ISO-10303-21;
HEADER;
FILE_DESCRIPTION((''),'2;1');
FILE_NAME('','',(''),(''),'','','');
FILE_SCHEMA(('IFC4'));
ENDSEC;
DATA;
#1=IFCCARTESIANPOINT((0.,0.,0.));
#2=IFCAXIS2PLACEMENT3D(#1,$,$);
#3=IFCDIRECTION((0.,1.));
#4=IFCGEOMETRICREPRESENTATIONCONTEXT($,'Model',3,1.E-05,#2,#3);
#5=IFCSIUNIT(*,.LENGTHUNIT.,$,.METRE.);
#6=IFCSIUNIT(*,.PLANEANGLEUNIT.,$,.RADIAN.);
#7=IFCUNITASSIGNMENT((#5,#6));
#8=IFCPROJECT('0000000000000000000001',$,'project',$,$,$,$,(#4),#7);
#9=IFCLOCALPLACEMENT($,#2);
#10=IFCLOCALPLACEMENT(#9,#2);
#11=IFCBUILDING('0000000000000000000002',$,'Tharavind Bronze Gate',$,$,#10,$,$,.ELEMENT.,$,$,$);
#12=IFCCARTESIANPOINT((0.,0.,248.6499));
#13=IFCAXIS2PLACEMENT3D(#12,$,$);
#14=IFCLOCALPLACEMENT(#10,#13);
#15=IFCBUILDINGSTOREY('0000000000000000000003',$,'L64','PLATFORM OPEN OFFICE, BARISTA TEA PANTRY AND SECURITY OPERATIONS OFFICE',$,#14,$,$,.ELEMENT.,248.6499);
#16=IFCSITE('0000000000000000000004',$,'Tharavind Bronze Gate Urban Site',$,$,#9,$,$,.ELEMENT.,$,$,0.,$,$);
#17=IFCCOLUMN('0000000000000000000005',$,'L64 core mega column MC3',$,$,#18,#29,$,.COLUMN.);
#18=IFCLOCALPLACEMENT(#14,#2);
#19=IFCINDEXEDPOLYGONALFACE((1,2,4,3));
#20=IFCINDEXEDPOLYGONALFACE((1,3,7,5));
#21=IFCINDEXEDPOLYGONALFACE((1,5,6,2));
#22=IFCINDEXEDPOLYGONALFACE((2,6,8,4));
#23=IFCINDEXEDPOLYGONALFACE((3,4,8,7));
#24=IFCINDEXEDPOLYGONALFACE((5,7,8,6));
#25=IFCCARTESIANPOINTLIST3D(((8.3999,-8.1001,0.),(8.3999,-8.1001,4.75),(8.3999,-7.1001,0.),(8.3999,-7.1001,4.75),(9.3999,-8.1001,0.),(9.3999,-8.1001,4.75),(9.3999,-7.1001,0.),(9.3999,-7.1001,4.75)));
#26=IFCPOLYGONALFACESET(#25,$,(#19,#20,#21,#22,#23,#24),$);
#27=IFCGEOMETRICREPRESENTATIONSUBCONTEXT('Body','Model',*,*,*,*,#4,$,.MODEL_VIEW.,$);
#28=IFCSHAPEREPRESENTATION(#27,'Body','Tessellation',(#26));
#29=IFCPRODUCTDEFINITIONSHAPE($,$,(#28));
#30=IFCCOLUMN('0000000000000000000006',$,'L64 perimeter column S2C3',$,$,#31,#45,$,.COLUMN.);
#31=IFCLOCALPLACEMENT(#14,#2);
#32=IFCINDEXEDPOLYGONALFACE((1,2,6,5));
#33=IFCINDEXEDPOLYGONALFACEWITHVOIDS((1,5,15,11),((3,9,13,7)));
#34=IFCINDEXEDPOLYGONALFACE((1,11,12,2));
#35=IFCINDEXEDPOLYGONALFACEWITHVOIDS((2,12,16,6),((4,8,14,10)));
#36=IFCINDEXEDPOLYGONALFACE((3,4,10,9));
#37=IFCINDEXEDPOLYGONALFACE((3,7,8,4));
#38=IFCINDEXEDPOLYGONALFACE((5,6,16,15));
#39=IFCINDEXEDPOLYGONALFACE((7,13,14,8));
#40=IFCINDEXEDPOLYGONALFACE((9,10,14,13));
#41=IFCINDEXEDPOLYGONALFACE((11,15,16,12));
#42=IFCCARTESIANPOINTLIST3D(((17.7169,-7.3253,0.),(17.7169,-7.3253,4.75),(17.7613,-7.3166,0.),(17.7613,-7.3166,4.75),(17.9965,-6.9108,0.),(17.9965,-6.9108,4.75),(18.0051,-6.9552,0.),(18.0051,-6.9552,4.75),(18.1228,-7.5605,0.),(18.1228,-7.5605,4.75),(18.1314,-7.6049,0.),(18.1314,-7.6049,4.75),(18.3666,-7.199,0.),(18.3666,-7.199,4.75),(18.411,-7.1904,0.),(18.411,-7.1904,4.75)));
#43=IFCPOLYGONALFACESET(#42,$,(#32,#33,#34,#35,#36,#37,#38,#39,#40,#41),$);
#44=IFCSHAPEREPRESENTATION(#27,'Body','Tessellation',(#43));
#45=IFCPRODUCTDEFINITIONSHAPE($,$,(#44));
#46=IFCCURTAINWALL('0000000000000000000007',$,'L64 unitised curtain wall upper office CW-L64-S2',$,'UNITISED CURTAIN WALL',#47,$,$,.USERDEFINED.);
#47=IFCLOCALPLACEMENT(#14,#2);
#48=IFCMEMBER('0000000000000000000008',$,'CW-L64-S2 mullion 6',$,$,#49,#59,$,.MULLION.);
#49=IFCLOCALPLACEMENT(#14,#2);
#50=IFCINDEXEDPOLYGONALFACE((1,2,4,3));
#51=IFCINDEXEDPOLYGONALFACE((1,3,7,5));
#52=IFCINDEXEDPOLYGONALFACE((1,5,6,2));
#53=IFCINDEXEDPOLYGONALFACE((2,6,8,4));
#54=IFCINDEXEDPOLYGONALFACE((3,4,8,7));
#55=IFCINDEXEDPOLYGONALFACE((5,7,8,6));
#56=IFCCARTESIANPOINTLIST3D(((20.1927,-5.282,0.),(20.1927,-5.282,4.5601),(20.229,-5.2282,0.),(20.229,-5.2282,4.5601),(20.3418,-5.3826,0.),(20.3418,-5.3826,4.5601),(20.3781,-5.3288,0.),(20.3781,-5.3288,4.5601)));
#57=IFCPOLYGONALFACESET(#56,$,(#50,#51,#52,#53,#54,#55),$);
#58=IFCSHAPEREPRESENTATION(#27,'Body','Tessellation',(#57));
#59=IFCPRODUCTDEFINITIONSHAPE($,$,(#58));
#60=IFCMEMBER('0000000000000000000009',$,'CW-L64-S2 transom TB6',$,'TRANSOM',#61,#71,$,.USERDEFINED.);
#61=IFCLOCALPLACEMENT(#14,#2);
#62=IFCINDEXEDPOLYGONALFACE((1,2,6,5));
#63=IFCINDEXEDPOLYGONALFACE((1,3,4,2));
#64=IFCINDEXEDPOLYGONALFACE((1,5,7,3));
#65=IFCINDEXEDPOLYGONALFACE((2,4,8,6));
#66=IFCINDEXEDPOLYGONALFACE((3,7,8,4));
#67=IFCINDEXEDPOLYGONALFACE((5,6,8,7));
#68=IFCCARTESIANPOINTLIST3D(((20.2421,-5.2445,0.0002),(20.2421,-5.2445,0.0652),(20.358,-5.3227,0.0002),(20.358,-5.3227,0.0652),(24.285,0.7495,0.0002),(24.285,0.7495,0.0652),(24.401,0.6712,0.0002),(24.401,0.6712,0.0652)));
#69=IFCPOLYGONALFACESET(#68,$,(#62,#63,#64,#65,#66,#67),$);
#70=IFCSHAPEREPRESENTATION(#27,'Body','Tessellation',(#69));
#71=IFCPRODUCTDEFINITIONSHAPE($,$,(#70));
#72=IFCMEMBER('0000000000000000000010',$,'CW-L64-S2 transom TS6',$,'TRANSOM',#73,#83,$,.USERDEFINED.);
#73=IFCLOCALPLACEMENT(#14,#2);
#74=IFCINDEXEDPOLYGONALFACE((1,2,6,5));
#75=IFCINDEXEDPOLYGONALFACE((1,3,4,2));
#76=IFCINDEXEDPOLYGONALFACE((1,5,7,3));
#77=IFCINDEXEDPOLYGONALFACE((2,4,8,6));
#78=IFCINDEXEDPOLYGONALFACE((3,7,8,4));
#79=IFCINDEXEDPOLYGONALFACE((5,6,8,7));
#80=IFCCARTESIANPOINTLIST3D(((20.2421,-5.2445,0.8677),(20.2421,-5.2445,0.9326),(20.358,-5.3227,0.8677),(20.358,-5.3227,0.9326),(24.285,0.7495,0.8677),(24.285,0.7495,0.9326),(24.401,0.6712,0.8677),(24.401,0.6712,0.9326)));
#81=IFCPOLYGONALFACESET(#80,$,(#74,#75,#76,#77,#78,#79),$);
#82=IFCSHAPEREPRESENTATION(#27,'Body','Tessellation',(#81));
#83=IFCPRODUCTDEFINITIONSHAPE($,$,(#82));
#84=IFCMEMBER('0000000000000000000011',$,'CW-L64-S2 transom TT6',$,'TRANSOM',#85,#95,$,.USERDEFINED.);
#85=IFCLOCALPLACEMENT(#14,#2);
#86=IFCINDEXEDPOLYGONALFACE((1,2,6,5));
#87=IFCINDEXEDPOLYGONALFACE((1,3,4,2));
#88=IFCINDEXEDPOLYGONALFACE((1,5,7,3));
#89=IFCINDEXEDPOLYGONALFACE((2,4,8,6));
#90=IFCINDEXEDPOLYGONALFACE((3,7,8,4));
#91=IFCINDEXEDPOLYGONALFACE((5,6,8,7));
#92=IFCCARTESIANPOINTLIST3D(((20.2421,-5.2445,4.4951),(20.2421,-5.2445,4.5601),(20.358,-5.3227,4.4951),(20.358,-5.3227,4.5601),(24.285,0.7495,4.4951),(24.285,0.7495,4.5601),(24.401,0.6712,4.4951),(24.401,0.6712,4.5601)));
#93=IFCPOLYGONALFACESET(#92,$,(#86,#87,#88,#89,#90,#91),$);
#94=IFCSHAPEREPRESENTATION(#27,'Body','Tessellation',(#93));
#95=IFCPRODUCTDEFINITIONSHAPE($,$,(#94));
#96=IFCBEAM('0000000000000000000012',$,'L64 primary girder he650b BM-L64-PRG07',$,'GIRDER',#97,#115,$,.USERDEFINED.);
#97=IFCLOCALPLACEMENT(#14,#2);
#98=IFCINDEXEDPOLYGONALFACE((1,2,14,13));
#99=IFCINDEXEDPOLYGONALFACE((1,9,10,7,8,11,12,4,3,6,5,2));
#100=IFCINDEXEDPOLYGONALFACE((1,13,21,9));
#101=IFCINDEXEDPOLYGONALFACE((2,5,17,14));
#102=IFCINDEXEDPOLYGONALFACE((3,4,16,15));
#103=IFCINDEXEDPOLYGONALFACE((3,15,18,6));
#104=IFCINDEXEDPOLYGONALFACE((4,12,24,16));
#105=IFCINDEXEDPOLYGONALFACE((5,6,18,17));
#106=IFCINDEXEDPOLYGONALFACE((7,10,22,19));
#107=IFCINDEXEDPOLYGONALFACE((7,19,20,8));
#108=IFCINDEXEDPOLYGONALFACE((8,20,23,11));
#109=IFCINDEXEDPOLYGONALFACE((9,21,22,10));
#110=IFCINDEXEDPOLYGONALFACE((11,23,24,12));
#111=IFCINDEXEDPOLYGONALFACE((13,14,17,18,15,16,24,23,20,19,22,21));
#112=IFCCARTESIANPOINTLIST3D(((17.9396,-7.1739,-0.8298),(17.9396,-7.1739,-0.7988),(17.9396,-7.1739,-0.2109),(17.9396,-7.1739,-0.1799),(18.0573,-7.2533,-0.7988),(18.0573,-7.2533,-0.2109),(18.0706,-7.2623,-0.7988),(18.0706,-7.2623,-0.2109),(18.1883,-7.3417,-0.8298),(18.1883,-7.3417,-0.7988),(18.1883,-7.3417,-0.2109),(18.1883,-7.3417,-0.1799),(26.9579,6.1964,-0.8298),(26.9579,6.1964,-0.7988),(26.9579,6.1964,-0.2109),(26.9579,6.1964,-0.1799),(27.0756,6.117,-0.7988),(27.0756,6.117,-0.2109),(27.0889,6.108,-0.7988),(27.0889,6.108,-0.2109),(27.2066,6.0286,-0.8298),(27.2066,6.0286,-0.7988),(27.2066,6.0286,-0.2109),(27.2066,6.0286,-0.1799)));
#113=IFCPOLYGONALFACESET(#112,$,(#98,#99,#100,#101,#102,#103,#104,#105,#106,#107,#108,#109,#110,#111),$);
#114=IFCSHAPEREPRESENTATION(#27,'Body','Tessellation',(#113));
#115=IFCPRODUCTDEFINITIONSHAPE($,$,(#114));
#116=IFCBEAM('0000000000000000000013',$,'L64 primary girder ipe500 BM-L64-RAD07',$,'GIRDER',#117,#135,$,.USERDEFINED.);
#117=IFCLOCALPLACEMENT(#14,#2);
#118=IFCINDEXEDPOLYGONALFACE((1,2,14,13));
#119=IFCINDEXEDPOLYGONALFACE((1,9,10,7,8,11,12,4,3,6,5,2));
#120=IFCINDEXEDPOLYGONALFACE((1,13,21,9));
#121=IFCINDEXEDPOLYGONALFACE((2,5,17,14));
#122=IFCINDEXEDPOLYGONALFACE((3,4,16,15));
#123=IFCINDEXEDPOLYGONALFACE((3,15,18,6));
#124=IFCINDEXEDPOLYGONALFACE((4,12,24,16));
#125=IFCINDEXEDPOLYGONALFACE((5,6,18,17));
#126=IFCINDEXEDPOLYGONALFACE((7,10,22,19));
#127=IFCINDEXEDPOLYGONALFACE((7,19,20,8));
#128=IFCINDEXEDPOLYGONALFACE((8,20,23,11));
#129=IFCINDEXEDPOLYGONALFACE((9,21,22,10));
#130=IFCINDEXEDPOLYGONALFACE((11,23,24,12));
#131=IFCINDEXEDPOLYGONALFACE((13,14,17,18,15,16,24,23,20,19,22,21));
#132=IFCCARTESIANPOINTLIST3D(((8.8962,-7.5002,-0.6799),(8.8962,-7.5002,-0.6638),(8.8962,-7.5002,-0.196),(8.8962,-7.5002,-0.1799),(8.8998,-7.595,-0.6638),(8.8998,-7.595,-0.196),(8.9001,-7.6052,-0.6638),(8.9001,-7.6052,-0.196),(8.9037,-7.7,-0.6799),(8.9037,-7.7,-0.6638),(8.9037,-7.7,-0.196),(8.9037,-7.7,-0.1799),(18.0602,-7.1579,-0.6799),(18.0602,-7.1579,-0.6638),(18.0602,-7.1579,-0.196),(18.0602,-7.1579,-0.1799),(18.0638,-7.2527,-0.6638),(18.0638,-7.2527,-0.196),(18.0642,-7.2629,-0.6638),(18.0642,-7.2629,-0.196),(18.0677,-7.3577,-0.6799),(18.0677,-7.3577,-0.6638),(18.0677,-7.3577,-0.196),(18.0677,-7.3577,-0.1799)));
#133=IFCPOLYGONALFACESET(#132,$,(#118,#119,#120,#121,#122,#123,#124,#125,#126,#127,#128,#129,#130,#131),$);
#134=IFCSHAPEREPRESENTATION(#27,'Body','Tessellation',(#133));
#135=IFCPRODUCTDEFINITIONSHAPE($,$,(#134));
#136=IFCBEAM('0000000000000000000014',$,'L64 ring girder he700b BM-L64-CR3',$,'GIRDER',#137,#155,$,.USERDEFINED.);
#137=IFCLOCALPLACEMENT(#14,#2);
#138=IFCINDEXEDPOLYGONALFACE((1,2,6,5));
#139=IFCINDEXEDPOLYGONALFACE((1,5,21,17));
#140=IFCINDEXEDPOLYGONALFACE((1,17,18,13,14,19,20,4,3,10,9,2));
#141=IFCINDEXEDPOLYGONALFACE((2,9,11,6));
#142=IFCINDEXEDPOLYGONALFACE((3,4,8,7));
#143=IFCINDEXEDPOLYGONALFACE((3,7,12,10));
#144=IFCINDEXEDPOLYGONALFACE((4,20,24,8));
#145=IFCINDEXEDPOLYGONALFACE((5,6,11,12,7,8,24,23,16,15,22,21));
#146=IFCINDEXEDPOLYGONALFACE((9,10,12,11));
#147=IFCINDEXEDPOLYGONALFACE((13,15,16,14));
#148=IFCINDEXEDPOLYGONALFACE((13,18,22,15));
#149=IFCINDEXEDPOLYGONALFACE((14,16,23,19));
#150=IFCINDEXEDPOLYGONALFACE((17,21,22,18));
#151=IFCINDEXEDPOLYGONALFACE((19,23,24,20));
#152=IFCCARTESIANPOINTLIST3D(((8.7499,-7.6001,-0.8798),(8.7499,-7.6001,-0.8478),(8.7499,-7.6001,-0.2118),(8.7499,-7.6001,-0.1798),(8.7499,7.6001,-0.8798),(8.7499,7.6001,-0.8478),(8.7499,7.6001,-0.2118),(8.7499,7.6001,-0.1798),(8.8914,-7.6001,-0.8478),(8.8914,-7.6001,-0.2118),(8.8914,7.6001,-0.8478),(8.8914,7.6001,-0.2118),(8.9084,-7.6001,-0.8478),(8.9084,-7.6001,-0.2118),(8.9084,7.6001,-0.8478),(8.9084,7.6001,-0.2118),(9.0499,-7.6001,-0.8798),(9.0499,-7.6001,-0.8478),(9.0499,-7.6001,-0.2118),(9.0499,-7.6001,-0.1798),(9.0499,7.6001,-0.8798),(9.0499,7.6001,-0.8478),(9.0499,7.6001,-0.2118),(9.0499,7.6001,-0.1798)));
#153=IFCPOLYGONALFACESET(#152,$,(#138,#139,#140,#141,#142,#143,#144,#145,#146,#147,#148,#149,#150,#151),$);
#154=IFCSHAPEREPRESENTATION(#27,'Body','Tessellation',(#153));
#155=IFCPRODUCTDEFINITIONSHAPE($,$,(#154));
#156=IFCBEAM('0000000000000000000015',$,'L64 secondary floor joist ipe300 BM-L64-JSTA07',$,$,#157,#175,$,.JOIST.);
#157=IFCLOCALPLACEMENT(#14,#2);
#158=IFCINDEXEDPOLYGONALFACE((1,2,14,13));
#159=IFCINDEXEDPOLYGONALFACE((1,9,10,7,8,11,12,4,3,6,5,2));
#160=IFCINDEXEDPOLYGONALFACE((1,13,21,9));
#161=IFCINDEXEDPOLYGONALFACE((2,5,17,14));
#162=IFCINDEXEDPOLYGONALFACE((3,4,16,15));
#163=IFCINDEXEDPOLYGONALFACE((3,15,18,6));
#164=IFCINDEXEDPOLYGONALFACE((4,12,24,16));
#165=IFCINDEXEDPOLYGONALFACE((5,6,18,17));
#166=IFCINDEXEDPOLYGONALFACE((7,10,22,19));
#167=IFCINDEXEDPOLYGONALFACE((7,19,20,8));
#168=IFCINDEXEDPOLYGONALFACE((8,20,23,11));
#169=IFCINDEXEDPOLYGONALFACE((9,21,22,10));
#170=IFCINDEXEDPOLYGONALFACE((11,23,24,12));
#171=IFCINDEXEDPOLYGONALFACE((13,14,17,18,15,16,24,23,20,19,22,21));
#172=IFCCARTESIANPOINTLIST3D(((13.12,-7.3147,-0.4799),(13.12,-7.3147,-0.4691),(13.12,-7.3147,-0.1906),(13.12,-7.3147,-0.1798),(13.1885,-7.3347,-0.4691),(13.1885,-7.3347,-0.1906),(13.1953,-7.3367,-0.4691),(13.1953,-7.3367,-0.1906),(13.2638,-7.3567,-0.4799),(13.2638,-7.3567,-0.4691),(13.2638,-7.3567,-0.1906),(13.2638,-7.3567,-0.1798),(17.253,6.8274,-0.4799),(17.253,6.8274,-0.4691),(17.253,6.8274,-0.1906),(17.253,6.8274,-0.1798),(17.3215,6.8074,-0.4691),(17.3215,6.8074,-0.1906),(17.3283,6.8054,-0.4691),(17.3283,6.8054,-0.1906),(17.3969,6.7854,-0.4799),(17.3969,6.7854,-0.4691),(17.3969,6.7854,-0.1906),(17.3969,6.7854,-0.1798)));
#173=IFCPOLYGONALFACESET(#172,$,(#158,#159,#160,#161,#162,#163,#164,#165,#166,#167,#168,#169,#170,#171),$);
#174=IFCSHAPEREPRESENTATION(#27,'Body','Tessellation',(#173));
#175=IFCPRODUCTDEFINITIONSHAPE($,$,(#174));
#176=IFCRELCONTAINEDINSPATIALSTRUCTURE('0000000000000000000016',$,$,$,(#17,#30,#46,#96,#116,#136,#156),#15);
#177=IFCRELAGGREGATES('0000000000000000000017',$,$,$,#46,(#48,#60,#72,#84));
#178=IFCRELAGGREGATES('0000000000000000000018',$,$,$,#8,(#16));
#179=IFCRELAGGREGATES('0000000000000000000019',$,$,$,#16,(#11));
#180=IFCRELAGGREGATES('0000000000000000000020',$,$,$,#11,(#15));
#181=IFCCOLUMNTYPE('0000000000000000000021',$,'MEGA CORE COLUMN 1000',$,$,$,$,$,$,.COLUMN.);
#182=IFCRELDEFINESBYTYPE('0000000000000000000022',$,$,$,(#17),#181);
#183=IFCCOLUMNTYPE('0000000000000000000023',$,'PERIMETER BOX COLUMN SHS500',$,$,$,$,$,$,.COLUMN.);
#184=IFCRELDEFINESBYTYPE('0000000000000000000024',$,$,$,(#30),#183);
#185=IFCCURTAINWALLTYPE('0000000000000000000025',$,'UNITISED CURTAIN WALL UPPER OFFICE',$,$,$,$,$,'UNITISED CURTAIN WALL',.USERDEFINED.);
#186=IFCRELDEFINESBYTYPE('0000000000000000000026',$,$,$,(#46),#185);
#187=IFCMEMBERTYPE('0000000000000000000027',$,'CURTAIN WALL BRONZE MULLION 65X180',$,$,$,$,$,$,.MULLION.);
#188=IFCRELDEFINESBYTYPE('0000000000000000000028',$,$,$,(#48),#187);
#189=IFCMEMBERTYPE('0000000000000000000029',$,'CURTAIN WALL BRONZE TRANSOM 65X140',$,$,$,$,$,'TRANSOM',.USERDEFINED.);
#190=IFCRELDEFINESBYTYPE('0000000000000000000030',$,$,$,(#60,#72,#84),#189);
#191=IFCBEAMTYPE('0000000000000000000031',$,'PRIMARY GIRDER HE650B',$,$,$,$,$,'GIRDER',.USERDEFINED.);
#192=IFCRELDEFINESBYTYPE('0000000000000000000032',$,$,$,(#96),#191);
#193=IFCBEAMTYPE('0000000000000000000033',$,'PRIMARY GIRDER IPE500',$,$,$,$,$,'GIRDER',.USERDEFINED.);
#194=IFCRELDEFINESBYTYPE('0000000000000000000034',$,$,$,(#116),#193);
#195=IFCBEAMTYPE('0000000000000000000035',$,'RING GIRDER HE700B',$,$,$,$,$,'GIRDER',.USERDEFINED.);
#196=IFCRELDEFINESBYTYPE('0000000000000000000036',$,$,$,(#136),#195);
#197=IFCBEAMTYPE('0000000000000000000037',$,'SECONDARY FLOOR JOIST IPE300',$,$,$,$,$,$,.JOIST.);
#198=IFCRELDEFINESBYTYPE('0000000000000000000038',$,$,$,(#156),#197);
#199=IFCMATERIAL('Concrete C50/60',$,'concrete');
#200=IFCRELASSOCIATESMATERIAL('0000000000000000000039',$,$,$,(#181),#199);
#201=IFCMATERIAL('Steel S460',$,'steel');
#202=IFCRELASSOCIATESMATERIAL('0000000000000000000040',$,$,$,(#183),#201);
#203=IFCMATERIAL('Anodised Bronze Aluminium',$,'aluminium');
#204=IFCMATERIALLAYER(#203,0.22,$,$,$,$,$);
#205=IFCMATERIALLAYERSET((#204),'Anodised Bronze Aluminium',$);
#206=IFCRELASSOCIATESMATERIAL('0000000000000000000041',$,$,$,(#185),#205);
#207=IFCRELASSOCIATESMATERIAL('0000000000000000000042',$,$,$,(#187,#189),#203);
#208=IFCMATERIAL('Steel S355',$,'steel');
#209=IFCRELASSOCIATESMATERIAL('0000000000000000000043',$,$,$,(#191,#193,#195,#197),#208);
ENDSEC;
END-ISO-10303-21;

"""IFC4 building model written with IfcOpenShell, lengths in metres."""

from ifc_helpers import new_model, si_unit, direction, frame, origin, origin_2d, place, context, subcontext, project, spatial, rectangle, hollow_rectangle, i_section, extrude, material, layer, layer_set, material_profile, profile_set, type_object, element, aggregate, save


model = new_model("IFC4")

# Units and contexts
model_context = context("Model", 3, precision=1e-05, world=origin(), true_north=direction((0.0, 1.0)))
body_context = subcontext(model_context, "Body", "Model", "MODEL_VIEW")
ifc_project = project(units=[si_unit("LENGTHUNIT", "METRE"), si_unit("PLANEANGLEUNIT", "RADIAN")], contexts=[model_context])

# Site, building, storey
site_placement = place(None, origin())
site = spatial("IfcSite", under=ifc_project, at=site_placement, Name="Tharavind Bronze Gate Urban Site", CompositionType="ELEMENT", RefElevation=0.0)
building_placement = place(site_placement, origin())
building = spatial("IfcBuilding", under=site, at=building_placement, Name="Tharavind Bronze Gate", CompositionType="ELEMENT")
storey_placement = place(building_placement, frame((0.0, 0.0, 248.6499)))
storey = spatial("IfcBuildingStorey", under=building, at=storey_placement, Name="L64", Description="PLATFORM OPEN OFFICE, BARISTA TEA PANTRY AND SECURITY OPERATIONS OFFICE", CompositionType="ELEMENT", Elevation=248.6499)

# Columns
ifc_material_1 = material(Name="Concrete C50/60", Category="concrete")
ifc_material_profile_1 = material_profile(ifc_material_1, rectangle(XDim=1.0, YDim=1.0, at=origin_2d()), Name="RCCOL1000")
ifc_profile_set_1 = profile_set([ifc_material_profile_1], Name="Concrete C50/60")
column_type_1 = type_object("IfcColumnType", Name="MEGA CORE COLUMN 1000", PredefinedType="COLUMN", material=ifc_profile_set_1)
column_1_placement = place(storey_placement, frame((8.8999, -7.6001, 0.0), z_axis=(0.0, 0.0, 1.0), x_axis=(1.0, 0.0, 0.0)))
element("IfcColumn", 1, at=column_1_placement, inside=storey, type_object=column_type_1, Name="L64 core mega column MC3", PredefinedType="COLUMN", context=body_context, shape_type="SweptSolid", body=[
    extrude(rectangle(XDim=1.0, YDim=1.0, at=origin_2d()), origin(), (0.0, 0.0, 1.0), 4.75),
])
ifc_material_2 = material(Name="Steel S460", Category="steel")
ifc_material_profile_2 = material_profile(ifc_material_2, hollow_rectangle(XDim=0.5, YDim=0.5, WallThickness=0.032, at=origin_2d()), Name="SHS500X32")
ifc_profile_set_2 = profile_set([ifc_material_profile_2], Name="Steel S460")
column_type_2 = type_object("IfcColumnType", Name="PERIMETER BOX COLUMN SHS500", PredefinedType="COLUMN", material=ifc_profile_set_2)
column_2_placement = place(storey_placement, frame((18.064, -7.2578, 0.0), z_axis=(0.0, 0.0, 1.0), x_axis=(0.559194, 0.829037, 0.0)))
element("IfcColumn", 2, at=column_2_placement, inside=storey, type_object=column_type_2, Name="L64 perimeter column S2C3", PredefinedType="COLUMN", context=body_context, shape_type="SweptSolid", body=[
    extrude(hollow_rectangle(XDim=0.5, YDim=0.5, WallThickness=0.032, at=origin_2d()), origin(), (0.0, 0.0, 1.0), 4.75),
])

# Curtain wall, members
ifc_material_3 = material(Name="Anodised Bronze Aluminium", Category="aluminium")
ifc_layer_1 = layer(ifc_material_3, 0.22)
ifc_layer_set_1 = layer_set([ifc_layer_1], Name="Anodised Bronze Aluminium")
curtain_wall_type = type_object("IfcCurtainWallType", Name="UNITISED CURTAIN WALL UPPER OFFICE", ElementType="UNITISED CURTAIN WALL", PredefinedType="USERDEFINED", material=ifc_layer_set_1)
curtain_wall_placement = place(storey_placement, origin())
curtain_wall = element("IfcCurtainWall", 3, at=curtain_wall_placement, inside=storey, type_object=curtain_wall_type, Name="L64 unitised curtain wall upper office CW-L64-S2", ObjectType="UNITISED CURTAIN WALL", PredefinedType="USERDEFINED")
member_type_1 = type_object("IfcMemberType", Name="CURTAIN WALL BRONZE MULLION 65X180", PredefinedType="MULLION", material=ifc_material_3)
member_1_placement = place(storey_placement, frame((20.2854, -5.3054, 0.0), z_axis=(0.0, 0.0, 1.0), x_axis=(0.559193, 0.829038, 0.0)))
member_1 = element("IfcMember", 4, at=member_1_placement, type_object=member_type_1, Name="CW-L64-S2 mullion 6", PredefinedType="MULLION", context=body_context, shape_type="SweptSolid", body=[
    extrude(rectangle(XDim=0.0649, YDim=0.1799, at=origin_2d()), origin(), (0.0, 0.0, 1.0), 4.5601),
])
member_type_2 = type_object("IfcMemberType", Name="CURTAIN WALL BRONZE TRANSOM 65X140", ElementType="TRANSOM", PredefinedType="USERDEFINED", material=ifc_material_3)
member_2_placement = place(storey_placement, frame((22.3215, -2.2866, 0.0002), z_axis=(0.0, 0.0, 1.0), x_axis=(0.559193, 0.829038, 0.0)))
member_2 = element("IfcMember", 5, at=member_2_placement, type_object=member_type_2, Name="CW-L64-S2 transom TB6", ObjectType="TRANSOM", PredefinedType="USERDEFINED", context=body_context, shape_type="SweptSolid", body=[
    extrude(rectangle(XDim=7.23, YDim=0.1399, at=origin_2d()), origin(), (0.0, 0.0, 1.0), 0.0649),
])
member_3_placement = place(storey_placement, frame((22.3215, -2.2866, 0.8677), z_axis=(0.0, 0.0, 1.0), x_axis=(0.559193, 0.829038, 0.0)))
member_3 = element("IfcMember", 6, at=member_3_placement, type_object=member_type_2, Name="CW-L64-S2 transom TS6", ObjectType="TRANSOM", PredefinedType="USERDEFINED", context=body_context, shape_type="SweptSolid", body=[
    extrude(rectangle(XDim=7.23, YDim=0.1399, at=origin_2d()), origin(), (0.0, 0.0, 1.0), 0.0649),
])
member_4_placement = place(storey_placement, frame((22.3215, -2.2866, 4.4951), z_axis=(0.0, 0.0, 1.0), x_axis=(0.559193, 0.829038, 0.0)))
member_4 = element("IfcMember", 7, at=member_4_placement, type_object=member_type_2, Name="CW-L64-S2 transom TT6", ObjectType="TRANSOM", PredefinedType="USERDEFINED", context=body_context, shape_type="SweptSolid", body=[
    extrude(rectangle(XDim=7.23, YDim=0.1399, at=origin_2d()), origin(), (0.0, 0.0, 1.0), 0.0649),
])

# Beams
ifc_material_4 = material(Name="Steel S355", Category="steel")
ifc_material_profile_3 = material_profile(ifc_material_4, i_section(OverallWidth=0.3, OverallDepth=0.6499, WebThickness=0.0161, FlangeThickness=0.031, at=origin_2d()), Name="HE650B")
ifc_profile_set_3 = profile_set([ifc_material_profile_3], Name="Steel S355")
beam_type_1 = type_object("IfcBeamType", Name="PRIMARY GIRDER HE650B", ElementType="GIRDER", PredefinedType="USERDEFINED", material=ifc_profile_set_3)
beam_1_placement = place(storey_placement, frame((18.064, -7.2578, -0.5049), z_axis=(0.559188, 0.829041, 0.0), x_axis=(-0.829041, 0.559188, 0.0)))
element("IfcBeam", 8, at=beam_1_placement, inside=storey, type_object=beam_type_1, Name="L64 primary girder he650b BM-L64-PRG07", ObjectType="GIRDER", PredefinedType="USERDEFINED", context=body_context, shape_type="SweptSolid", body=[
    extrude(i_section(OverallWidth=0.3, OverallDepth=0.6499, WebThickness=0.0161, FlangeThickness=0.031, at=origin_2d()), origin(), (0.0, 0.0, 1.0), 16.1274),
])
ifc_material_profile_4 = material_profile(ifc_material_4, i_section(OverallWidth=0.2, OverallDepth=0.5, WebThickness=0.0103, FlangeThickness=0.0161, at=origin_2d()), Name="IPE500")
ifc_profile_set_4 = profile_set([ifc_material_profile_4], Name="Steel S355")
beam_type_2 = type_object("IfcBeamType", Name="PRIMARY GIRDER IPE500", ElementType="GIRDER", PredefinedType="USERDEFINED", material=ifc_profile_set_4)
beam_2_placement = place(storey_placement, frame((18.064, -7.2578, -0.4299), z_axis=(-0.999303, -0.037325, 0.0), x_axis=(0.037325, -0.999303, 0.0)))
element("IfcBeam", 9, at=beam_2_placement, inside=storey, type_object=beam_type_2, Name="L64 primary girder ipe500 BM-L64-RAD07", ObjectType="GIRDER", PredefinedType="USERDEFINED", context=body_context, shape_type="SweptSolid", body=[
    extrude(i_section(OverallWidth=0.2, OverallDepth=0.5, WebThickness=0.0103, FlangeThickness=0.0161, at=origin_2d()), origin(), (0.0, 0.0, 1.0), 9.1704),
])
ifc_material_profile_5 = material_profile(ifc_material_4, i_section(OverallWidth=0.3, OverallDepth=0.7, WebThickness=0.0171, FlangeThickness=0.032, at=origin_2d()), Name="HE700B")
ifc_profile_set_5 = profile_set([ifc_material_profile_5], Name="Steel S355")
beam_type_3 = type_object("IfcBeamType", Name="RING GIRDER HE700B", ElementType="GIRDER", PredefinedType="USERDEFINED", material=ifc_profile_set_5)
beam_3_placement = place(storey_placement, frame((8.8999, -7.6001, -0.5298), z_axis=(0.0, 1.0, 0.0), x_axis=(-1.0, 0.0, 0.0)))
element("IfcBeam", 10, at=beam_3_placement, inside=storey, type_object=beam_type_3, Name="L64 ring girder he700b BM-L64-CR3", ObjectType="GIRDER", PredefinedType="USERDEFINED", context=body_context, shape_type="SweptSolid", body=[
    extrude(i_section(OverallWidth=0.3, OverallDepth=0.7, WebThickness=0.0171, FlangeThickness=0.032, at=origin_2d()), origin(), (0.0, 0.0, 1.0), 15.2002),
])
ifc_material_profile_6 = material_profile(ifc_material_4, i_section(OverallWidth=0.1499, OverallDepth=0.3, WebThickness=0.0071, FlangeThickness=0.0107, at=origin_2d()), Name="IPE300")
ifc_profile_set_6 = profile_set([ifc_material_profile_6], Name="Steel S355")
beam_type_4 = type_object("IfcBeamType", Name="SECONDARY FLOOR JOIST IPE300", PredefinedType="JOIST", material=ifc_profile_set_6)
beam_4_placement = place(storey_placement, frame((13.1919, -7.3357, -0.3298), z_axis=(0.280518, 0.959849, 0.0), x_axis=(-0.959849, 0.280518, 0.0)))
element("IfcBeam", 11, at=beam_4_placement, inside=storey, type_object=beam_type_4, Name="L64 secondary floor joist ipe300 BM-L64-JSTA07", PredefinedType="JOIST", context=body_context, shape_type="SweptSolid", body=[
    extrude(i_section(OverallWidth=0.1499, OverallDepth=0.3, WebThickness=0.0071, FlangeThickness=0.0107, at=origin_2d()), origin(), (0.0, 0.0, 1.0), 14.7336),
])

aggregate(curtain_wall, [member_1, member_2, member_3, member_4])

save(model, "model.ifc")
